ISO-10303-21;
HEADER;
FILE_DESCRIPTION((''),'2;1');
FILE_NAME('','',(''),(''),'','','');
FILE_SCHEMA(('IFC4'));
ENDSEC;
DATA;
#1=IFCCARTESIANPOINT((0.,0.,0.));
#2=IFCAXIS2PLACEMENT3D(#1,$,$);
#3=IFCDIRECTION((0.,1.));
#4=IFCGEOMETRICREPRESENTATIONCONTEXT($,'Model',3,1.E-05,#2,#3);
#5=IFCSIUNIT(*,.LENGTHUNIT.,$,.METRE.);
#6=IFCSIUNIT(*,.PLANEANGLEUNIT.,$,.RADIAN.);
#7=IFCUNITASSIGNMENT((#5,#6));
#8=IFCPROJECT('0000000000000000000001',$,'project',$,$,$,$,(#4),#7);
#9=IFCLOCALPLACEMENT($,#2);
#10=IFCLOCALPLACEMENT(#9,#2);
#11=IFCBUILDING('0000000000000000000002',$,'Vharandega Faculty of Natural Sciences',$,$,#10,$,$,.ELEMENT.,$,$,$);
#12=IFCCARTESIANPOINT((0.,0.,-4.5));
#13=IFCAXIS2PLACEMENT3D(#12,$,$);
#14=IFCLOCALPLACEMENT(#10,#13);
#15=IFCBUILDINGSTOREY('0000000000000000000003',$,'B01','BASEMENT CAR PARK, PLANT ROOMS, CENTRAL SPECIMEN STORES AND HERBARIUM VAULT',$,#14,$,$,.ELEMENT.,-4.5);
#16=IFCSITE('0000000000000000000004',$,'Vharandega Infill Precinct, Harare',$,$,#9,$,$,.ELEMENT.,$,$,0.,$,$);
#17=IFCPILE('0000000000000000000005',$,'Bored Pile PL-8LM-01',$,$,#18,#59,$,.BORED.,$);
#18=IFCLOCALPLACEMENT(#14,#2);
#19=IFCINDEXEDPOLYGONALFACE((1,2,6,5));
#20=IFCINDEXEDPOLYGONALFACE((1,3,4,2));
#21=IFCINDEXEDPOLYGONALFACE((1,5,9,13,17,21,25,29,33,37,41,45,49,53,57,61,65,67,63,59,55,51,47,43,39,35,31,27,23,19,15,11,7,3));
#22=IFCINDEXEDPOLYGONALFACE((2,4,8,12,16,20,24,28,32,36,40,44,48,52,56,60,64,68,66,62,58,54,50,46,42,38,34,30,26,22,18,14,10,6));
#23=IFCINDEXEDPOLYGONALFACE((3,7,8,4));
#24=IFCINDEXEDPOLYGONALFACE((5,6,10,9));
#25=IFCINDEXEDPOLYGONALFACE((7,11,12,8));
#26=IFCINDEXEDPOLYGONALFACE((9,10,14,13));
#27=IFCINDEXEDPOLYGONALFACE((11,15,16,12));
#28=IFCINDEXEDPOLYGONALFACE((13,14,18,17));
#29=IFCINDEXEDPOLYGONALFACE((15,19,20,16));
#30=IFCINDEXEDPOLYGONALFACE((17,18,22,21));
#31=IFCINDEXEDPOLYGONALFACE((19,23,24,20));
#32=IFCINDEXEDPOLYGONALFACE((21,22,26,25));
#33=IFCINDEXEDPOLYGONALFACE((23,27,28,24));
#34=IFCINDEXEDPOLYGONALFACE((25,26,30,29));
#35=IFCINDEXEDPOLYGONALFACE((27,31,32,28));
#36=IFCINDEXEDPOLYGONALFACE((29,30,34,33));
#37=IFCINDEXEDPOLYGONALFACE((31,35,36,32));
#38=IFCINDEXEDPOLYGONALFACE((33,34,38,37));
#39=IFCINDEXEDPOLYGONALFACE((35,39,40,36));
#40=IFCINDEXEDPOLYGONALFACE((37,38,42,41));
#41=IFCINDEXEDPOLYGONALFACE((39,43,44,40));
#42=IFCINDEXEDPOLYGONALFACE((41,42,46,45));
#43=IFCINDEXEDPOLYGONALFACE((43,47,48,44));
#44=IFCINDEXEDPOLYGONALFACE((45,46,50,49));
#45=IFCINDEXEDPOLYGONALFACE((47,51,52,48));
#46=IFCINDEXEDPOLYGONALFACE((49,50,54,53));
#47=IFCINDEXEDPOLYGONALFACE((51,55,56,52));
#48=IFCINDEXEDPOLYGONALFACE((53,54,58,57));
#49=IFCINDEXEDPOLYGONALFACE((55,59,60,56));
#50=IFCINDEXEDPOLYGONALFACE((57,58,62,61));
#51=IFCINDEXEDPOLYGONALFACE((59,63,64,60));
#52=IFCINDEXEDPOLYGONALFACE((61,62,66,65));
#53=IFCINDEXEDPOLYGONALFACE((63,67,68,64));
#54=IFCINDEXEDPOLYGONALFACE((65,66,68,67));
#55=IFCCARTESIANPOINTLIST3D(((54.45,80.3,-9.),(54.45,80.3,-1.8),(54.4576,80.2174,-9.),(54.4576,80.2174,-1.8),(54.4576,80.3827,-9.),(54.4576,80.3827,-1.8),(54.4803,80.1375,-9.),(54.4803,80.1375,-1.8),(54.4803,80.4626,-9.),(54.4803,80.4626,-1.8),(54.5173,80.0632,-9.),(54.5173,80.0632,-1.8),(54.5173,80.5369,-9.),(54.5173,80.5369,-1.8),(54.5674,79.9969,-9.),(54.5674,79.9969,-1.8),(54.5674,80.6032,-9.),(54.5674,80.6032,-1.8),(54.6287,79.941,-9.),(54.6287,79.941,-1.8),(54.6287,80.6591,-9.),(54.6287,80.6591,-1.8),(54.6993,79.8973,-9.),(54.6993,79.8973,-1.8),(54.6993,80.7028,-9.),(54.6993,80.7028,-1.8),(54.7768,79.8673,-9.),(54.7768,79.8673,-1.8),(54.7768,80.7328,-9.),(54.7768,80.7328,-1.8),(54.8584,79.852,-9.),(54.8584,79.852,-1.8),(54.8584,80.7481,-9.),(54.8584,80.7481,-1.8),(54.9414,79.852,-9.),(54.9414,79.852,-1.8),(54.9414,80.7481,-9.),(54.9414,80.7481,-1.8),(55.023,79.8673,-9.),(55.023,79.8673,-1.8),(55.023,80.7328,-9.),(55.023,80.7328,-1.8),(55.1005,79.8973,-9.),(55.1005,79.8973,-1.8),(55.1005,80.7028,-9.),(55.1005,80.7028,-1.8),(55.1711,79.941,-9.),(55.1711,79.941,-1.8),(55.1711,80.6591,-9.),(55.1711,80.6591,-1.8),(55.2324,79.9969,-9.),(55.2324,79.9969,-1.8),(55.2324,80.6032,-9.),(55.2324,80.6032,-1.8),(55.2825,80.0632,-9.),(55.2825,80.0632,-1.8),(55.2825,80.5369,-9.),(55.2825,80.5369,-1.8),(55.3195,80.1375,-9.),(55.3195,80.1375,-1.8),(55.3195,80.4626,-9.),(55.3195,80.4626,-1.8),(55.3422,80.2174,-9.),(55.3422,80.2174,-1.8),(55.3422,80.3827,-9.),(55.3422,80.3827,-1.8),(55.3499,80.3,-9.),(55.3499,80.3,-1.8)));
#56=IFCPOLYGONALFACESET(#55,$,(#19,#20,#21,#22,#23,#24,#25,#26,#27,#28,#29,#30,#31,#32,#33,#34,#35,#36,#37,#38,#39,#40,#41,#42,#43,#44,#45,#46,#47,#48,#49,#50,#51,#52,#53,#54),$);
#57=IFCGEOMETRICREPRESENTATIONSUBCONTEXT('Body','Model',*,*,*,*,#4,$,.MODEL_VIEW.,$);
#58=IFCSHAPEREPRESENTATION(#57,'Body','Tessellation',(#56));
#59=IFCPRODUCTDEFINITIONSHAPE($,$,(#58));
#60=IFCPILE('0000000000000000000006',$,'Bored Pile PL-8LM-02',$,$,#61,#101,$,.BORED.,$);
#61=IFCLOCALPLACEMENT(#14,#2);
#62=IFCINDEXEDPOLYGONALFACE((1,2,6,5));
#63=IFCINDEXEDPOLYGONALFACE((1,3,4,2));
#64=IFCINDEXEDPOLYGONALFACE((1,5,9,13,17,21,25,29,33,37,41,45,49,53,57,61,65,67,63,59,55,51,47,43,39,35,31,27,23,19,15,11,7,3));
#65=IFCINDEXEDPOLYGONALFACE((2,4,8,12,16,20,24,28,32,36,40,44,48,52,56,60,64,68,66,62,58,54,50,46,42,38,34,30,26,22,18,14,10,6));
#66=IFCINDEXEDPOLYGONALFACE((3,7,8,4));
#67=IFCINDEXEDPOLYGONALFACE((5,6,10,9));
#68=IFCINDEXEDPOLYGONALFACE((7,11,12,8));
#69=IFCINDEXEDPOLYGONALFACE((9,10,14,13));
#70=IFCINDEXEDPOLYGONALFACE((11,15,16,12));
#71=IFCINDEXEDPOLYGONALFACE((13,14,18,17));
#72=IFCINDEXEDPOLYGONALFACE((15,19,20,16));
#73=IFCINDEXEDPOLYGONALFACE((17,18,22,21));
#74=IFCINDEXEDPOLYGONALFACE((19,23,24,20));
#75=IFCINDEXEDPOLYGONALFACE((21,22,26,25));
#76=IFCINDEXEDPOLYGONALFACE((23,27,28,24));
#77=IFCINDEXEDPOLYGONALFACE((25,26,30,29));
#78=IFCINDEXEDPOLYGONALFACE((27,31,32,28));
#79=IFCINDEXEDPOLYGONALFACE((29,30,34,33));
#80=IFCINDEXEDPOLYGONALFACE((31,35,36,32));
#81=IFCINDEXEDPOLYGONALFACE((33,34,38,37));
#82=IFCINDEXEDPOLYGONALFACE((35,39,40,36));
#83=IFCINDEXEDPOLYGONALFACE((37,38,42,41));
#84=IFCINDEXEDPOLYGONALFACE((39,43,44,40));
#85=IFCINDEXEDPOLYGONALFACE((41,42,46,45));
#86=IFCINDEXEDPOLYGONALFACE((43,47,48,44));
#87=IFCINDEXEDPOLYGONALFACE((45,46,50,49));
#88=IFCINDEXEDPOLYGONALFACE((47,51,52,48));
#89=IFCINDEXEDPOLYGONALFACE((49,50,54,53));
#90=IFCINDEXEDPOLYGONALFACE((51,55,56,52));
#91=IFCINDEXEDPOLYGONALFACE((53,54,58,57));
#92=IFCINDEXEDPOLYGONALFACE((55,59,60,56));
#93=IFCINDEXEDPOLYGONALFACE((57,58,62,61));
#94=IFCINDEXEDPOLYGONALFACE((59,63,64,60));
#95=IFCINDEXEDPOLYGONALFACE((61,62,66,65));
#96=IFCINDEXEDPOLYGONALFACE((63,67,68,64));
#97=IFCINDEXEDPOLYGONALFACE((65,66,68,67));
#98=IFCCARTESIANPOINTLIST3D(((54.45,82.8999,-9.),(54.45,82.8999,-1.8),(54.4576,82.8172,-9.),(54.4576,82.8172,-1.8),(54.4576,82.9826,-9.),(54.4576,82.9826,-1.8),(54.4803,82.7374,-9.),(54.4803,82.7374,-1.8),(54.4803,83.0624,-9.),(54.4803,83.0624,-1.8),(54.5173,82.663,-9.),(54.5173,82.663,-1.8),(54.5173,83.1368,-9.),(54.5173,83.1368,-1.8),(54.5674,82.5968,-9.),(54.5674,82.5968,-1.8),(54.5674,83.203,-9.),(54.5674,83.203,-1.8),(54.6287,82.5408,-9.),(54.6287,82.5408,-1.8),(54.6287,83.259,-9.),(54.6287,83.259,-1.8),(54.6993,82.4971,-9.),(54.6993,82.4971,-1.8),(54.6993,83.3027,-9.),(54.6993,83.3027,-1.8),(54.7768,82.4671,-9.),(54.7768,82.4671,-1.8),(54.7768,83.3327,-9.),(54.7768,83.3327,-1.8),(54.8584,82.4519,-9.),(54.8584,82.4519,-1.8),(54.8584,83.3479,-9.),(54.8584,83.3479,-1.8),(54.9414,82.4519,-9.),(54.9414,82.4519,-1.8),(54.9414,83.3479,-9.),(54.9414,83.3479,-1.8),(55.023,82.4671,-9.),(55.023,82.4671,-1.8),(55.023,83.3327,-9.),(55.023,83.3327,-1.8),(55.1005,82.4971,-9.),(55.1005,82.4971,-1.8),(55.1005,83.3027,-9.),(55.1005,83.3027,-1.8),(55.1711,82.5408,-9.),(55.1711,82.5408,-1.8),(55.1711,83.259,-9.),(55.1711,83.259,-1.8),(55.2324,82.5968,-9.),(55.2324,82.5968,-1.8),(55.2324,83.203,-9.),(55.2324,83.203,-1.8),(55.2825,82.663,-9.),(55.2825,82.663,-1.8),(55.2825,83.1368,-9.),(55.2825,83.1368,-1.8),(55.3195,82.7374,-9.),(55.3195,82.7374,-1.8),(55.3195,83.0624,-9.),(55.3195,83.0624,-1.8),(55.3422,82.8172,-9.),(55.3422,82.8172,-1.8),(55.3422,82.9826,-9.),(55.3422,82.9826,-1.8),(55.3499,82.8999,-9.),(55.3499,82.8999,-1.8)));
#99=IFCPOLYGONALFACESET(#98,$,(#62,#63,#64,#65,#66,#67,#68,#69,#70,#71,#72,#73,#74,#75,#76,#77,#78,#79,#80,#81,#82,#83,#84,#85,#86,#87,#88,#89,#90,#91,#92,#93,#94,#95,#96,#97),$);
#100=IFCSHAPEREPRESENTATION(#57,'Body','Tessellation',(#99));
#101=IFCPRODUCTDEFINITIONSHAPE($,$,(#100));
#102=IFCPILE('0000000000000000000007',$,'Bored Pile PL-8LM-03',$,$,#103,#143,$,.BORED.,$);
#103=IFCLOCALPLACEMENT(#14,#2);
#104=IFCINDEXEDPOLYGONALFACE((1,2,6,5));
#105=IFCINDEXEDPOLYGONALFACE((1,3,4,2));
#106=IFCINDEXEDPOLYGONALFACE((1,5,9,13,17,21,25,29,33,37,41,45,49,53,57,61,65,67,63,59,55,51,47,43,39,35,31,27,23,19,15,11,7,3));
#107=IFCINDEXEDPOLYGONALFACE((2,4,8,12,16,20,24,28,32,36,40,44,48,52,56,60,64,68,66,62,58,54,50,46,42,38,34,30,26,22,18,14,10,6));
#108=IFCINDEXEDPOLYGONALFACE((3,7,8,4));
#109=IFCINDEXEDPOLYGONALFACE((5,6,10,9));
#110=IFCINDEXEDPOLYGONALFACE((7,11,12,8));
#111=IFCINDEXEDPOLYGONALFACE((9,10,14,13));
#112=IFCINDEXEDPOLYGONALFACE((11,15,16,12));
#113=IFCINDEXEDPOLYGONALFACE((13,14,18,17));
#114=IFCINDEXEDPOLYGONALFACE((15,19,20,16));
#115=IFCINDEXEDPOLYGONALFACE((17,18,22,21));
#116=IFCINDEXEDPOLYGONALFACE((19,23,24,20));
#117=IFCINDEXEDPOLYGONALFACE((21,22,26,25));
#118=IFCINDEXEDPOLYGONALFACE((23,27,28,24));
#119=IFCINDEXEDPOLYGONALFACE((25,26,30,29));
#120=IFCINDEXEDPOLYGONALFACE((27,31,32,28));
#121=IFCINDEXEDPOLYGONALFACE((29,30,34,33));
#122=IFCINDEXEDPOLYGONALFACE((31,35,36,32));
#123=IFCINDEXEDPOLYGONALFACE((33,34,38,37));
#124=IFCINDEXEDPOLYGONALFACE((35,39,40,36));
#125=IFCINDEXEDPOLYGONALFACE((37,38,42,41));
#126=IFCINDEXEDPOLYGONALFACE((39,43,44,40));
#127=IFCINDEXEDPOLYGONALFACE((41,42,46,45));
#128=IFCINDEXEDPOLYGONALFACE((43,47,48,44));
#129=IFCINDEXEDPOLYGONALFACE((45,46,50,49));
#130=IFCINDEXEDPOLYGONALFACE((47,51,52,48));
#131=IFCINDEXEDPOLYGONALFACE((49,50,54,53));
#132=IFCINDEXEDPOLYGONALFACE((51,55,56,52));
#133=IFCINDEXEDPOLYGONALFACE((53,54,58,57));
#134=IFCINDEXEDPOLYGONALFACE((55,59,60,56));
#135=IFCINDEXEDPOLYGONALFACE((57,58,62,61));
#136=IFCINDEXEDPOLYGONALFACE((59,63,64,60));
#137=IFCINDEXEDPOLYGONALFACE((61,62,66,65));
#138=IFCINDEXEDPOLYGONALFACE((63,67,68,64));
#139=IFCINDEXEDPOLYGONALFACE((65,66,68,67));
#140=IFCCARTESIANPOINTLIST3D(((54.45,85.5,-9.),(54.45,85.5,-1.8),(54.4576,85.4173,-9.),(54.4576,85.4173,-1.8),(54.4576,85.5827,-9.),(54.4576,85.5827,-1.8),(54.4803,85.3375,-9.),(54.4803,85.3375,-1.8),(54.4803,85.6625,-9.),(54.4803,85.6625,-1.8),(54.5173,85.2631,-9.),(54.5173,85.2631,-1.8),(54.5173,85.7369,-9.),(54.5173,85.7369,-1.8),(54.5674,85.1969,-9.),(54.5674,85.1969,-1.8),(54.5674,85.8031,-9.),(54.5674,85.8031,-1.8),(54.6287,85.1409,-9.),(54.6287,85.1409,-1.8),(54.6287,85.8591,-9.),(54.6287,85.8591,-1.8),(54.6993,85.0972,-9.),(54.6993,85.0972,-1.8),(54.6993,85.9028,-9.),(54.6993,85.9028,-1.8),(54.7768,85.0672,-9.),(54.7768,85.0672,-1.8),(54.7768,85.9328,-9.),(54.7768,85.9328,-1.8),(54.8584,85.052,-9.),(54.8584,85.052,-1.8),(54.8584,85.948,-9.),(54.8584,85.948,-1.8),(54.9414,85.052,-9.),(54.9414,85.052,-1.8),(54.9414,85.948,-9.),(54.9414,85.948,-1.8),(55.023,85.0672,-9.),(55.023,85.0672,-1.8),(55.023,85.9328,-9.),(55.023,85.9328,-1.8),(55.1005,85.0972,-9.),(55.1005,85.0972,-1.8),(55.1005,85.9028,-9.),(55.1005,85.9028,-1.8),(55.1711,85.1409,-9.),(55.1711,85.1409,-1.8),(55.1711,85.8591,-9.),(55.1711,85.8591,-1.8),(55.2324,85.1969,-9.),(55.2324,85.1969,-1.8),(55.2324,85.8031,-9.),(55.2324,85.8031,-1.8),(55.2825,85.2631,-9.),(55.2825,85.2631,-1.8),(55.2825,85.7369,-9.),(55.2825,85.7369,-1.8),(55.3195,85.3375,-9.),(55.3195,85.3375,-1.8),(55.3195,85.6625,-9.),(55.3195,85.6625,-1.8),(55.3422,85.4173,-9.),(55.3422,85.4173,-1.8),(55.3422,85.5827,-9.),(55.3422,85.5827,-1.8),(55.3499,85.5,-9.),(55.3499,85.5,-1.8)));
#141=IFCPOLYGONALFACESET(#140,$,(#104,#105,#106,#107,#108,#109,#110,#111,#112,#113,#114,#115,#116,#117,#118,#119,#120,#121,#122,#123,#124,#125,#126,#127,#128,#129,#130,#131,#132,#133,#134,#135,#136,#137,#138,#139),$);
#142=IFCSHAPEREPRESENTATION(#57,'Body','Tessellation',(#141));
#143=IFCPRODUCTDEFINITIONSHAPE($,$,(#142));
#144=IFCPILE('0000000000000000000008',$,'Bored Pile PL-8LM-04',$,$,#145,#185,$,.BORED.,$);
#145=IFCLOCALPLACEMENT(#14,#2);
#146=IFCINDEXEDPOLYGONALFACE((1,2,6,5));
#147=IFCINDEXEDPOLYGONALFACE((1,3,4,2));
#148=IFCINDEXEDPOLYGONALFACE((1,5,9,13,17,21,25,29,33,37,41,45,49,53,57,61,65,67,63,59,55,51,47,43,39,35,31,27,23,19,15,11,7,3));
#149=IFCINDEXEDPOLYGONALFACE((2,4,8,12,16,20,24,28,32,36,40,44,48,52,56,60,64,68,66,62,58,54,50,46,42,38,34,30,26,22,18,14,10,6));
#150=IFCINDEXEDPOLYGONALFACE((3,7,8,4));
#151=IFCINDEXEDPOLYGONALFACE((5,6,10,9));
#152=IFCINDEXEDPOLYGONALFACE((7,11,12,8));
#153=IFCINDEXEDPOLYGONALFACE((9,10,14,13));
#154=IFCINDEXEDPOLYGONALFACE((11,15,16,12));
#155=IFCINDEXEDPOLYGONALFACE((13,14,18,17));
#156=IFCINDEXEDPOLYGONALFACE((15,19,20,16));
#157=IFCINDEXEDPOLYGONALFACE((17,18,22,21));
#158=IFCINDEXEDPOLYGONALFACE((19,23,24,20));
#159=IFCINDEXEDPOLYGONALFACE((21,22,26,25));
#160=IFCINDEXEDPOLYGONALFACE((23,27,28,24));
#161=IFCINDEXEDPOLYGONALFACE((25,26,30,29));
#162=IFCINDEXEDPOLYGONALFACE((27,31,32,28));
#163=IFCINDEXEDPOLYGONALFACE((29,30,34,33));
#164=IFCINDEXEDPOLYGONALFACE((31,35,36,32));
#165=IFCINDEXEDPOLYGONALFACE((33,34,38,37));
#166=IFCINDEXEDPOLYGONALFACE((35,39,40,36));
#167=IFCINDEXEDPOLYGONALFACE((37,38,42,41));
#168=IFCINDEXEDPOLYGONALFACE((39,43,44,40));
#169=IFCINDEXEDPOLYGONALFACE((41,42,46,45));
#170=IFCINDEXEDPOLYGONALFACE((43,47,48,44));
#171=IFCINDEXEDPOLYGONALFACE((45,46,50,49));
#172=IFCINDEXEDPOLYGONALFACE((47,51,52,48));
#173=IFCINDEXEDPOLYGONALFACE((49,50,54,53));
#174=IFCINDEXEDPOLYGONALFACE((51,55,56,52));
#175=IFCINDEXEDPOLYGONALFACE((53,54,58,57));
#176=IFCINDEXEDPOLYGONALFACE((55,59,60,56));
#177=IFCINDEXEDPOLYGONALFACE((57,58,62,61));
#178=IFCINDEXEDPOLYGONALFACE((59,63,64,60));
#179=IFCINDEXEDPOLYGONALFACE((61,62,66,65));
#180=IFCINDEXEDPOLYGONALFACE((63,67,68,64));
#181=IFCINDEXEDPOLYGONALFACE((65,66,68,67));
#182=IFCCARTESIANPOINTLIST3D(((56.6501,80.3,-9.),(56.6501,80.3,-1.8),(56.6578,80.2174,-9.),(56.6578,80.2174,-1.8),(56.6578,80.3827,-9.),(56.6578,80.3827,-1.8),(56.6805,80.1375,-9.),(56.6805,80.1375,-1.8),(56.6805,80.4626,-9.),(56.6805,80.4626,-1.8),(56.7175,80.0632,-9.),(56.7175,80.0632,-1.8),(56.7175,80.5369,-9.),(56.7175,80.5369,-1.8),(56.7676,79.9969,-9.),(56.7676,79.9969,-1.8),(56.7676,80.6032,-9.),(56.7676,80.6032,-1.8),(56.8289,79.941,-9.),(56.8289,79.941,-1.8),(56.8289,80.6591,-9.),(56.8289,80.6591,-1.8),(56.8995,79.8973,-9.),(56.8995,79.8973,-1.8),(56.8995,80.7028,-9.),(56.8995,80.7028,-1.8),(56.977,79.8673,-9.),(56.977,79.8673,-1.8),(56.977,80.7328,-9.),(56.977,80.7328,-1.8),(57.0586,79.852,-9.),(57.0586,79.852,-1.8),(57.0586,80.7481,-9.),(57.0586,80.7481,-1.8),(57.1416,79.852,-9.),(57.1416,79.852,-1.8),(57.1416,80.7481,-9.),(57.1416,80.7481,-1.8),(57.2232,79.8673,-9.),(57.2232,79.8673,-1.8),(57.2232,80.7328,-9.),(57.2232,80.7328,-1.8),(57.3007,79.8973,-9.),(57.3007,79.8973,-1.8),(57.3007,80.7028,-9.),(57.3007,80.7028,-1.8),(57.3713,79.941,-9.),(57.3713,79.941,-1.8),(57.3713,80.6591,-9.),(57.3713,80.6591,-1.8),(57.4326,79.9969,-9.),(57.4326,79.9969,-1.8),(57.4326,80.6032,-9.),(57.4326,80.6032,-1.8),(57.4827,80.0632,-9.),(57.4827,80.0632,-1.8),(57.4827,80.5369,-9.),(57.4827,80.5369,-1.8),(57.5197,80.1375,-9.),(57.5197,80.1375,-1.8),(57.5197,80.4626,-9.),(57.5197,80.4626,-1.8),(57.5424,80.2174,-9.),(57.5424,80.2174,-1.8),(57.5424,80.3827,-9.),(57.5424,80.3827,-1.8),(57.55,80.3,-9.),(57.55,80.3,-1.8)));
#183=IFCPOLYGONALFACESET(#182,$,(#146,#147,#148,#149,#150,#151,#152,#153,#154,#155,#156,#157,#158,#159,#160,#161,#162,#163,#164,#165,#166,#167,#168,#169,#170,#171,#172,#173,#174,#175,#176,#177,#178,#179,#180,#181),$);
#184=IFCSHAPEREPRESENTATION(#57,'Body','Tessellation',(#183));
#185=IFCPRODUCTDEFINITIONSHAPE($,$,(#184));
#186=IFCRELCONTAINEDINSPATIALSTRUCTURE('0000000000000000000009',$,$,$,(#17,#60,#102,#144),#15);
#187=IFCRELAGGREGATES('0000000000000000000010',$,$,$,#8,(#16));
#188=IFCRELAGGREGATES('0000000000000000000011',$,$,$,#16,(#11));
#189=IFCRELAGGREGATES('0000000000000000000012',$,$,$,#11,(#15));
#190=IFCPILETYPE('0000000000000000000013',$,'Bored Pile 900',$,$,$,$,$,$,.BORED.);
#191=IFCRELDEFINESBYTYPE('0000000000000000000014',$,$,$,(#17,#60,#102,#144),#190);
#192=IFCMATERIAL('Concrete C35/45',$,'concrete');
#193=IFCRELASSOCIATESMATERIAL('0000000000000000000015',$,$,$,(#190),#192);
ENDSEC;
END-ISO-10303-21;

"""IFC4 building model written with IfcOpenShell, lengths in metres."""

from ifc_helpers import new_model, si_unit, direction, frame, origin, origin_2d, place, context, subcontext, project, spatial, circle, extrude, material, material_profile, profile_set, type_object, element, save


model = new_model("IFC4")

# Units and contexts
model_context = context("Model", 3, precision=1e-05, world=origin(), true_north=direction((0.0, 1.0)))
body_context = subcontext(model_context, "Body", "Model", "MODEL_VIEW")
ifc_project = project(units=[si_unit("LENGTHUNIT", "METRE"), si_unit("PLANEANGLEUNIT", "RADIAN")], contexts=[model_context])

# Site, building, storey
site_placement = place(None, origin())
site = spatial("IfcSite", under=ifc_project, at=site_placement, Name="Vharandega Infill Precinct, Harare", CompositionType="ELEMENT", RefElevation=0.0)
building_placement = place(site_placement, origin())
building = spatial("IfcBuilding", under=site, at=building_placement, Name="Vharandega Faculty of Natural Sciences", CompositionType="ELEMENT")
storey_placement = place(building_placement, frame((0.0, 0.0, -4.5)))
storey = spatial("IfcBuildingStorey", under=building, at=storey_placement, Name="B01", Description="BASEMENT CAR PARK, PLANT ROOMS, CENTRAL SPECIMEN STORES AND HERBARIUM VAULT", CompositionType="ELEMENT", Elevation=-4.5)

# Piles
ifc_material_1 = material(Name="Concrete C35/45", Category="concrete")
ifc_material_profile_1 = material_profile(ifc_material_1, circle(Radius=0.45, at=origin_2d()), Name="PILE 900")
ifc_profile_set_1 = profile_set([ifc_material_profile_1], Name="Concrete C35/45")
pile_type_1 = type_object("IfcPileType", Name="Bored Pile 900", PredefinedType="BORED", material=ifc_profile_set_1)
for number, where, z_axis, x_axis, name in (
    (1, (54.8999, 80.3, -1.8), (0.0, 0.0, -1.0), (1.0, 0.0, 0.0), "Bored Pile PL-8LM-01"),
    (2, (54.8999, 82.8999, -1.8), (0.0, 0.0, -1.0), (1.0, 0.0, 0.0), "Bored Pile PL-8LM-02"),
    (3, (54.8999, 85.5, -1.8), (0.0, 0.0, -1.0), (1.0, 0.0, 0.0), "Bored Pile PL-8LM-03"),
    (4, (57.1001, 80.3, -1.8), (0.0, 0.0, -1.0), (1.0, 0.0, 0.0), "Bored Pile PL-8LM-04"),
):
    element("IfcPile", number, at=place(storey_placement, frame(where, z_axis=z_axis, x_axis=x_axis)), inside=storey, type_object=pile_type_1, Name=name, PredefinedType="BORED", context=body_context, shape_type="SweptSolid", body=[
        extrude(circle(Radius=0.45, at=origin_2d()), origin(), (0.0, 0.0, 1.0), 7.2),
    ])

save(model, "model.ifc")
